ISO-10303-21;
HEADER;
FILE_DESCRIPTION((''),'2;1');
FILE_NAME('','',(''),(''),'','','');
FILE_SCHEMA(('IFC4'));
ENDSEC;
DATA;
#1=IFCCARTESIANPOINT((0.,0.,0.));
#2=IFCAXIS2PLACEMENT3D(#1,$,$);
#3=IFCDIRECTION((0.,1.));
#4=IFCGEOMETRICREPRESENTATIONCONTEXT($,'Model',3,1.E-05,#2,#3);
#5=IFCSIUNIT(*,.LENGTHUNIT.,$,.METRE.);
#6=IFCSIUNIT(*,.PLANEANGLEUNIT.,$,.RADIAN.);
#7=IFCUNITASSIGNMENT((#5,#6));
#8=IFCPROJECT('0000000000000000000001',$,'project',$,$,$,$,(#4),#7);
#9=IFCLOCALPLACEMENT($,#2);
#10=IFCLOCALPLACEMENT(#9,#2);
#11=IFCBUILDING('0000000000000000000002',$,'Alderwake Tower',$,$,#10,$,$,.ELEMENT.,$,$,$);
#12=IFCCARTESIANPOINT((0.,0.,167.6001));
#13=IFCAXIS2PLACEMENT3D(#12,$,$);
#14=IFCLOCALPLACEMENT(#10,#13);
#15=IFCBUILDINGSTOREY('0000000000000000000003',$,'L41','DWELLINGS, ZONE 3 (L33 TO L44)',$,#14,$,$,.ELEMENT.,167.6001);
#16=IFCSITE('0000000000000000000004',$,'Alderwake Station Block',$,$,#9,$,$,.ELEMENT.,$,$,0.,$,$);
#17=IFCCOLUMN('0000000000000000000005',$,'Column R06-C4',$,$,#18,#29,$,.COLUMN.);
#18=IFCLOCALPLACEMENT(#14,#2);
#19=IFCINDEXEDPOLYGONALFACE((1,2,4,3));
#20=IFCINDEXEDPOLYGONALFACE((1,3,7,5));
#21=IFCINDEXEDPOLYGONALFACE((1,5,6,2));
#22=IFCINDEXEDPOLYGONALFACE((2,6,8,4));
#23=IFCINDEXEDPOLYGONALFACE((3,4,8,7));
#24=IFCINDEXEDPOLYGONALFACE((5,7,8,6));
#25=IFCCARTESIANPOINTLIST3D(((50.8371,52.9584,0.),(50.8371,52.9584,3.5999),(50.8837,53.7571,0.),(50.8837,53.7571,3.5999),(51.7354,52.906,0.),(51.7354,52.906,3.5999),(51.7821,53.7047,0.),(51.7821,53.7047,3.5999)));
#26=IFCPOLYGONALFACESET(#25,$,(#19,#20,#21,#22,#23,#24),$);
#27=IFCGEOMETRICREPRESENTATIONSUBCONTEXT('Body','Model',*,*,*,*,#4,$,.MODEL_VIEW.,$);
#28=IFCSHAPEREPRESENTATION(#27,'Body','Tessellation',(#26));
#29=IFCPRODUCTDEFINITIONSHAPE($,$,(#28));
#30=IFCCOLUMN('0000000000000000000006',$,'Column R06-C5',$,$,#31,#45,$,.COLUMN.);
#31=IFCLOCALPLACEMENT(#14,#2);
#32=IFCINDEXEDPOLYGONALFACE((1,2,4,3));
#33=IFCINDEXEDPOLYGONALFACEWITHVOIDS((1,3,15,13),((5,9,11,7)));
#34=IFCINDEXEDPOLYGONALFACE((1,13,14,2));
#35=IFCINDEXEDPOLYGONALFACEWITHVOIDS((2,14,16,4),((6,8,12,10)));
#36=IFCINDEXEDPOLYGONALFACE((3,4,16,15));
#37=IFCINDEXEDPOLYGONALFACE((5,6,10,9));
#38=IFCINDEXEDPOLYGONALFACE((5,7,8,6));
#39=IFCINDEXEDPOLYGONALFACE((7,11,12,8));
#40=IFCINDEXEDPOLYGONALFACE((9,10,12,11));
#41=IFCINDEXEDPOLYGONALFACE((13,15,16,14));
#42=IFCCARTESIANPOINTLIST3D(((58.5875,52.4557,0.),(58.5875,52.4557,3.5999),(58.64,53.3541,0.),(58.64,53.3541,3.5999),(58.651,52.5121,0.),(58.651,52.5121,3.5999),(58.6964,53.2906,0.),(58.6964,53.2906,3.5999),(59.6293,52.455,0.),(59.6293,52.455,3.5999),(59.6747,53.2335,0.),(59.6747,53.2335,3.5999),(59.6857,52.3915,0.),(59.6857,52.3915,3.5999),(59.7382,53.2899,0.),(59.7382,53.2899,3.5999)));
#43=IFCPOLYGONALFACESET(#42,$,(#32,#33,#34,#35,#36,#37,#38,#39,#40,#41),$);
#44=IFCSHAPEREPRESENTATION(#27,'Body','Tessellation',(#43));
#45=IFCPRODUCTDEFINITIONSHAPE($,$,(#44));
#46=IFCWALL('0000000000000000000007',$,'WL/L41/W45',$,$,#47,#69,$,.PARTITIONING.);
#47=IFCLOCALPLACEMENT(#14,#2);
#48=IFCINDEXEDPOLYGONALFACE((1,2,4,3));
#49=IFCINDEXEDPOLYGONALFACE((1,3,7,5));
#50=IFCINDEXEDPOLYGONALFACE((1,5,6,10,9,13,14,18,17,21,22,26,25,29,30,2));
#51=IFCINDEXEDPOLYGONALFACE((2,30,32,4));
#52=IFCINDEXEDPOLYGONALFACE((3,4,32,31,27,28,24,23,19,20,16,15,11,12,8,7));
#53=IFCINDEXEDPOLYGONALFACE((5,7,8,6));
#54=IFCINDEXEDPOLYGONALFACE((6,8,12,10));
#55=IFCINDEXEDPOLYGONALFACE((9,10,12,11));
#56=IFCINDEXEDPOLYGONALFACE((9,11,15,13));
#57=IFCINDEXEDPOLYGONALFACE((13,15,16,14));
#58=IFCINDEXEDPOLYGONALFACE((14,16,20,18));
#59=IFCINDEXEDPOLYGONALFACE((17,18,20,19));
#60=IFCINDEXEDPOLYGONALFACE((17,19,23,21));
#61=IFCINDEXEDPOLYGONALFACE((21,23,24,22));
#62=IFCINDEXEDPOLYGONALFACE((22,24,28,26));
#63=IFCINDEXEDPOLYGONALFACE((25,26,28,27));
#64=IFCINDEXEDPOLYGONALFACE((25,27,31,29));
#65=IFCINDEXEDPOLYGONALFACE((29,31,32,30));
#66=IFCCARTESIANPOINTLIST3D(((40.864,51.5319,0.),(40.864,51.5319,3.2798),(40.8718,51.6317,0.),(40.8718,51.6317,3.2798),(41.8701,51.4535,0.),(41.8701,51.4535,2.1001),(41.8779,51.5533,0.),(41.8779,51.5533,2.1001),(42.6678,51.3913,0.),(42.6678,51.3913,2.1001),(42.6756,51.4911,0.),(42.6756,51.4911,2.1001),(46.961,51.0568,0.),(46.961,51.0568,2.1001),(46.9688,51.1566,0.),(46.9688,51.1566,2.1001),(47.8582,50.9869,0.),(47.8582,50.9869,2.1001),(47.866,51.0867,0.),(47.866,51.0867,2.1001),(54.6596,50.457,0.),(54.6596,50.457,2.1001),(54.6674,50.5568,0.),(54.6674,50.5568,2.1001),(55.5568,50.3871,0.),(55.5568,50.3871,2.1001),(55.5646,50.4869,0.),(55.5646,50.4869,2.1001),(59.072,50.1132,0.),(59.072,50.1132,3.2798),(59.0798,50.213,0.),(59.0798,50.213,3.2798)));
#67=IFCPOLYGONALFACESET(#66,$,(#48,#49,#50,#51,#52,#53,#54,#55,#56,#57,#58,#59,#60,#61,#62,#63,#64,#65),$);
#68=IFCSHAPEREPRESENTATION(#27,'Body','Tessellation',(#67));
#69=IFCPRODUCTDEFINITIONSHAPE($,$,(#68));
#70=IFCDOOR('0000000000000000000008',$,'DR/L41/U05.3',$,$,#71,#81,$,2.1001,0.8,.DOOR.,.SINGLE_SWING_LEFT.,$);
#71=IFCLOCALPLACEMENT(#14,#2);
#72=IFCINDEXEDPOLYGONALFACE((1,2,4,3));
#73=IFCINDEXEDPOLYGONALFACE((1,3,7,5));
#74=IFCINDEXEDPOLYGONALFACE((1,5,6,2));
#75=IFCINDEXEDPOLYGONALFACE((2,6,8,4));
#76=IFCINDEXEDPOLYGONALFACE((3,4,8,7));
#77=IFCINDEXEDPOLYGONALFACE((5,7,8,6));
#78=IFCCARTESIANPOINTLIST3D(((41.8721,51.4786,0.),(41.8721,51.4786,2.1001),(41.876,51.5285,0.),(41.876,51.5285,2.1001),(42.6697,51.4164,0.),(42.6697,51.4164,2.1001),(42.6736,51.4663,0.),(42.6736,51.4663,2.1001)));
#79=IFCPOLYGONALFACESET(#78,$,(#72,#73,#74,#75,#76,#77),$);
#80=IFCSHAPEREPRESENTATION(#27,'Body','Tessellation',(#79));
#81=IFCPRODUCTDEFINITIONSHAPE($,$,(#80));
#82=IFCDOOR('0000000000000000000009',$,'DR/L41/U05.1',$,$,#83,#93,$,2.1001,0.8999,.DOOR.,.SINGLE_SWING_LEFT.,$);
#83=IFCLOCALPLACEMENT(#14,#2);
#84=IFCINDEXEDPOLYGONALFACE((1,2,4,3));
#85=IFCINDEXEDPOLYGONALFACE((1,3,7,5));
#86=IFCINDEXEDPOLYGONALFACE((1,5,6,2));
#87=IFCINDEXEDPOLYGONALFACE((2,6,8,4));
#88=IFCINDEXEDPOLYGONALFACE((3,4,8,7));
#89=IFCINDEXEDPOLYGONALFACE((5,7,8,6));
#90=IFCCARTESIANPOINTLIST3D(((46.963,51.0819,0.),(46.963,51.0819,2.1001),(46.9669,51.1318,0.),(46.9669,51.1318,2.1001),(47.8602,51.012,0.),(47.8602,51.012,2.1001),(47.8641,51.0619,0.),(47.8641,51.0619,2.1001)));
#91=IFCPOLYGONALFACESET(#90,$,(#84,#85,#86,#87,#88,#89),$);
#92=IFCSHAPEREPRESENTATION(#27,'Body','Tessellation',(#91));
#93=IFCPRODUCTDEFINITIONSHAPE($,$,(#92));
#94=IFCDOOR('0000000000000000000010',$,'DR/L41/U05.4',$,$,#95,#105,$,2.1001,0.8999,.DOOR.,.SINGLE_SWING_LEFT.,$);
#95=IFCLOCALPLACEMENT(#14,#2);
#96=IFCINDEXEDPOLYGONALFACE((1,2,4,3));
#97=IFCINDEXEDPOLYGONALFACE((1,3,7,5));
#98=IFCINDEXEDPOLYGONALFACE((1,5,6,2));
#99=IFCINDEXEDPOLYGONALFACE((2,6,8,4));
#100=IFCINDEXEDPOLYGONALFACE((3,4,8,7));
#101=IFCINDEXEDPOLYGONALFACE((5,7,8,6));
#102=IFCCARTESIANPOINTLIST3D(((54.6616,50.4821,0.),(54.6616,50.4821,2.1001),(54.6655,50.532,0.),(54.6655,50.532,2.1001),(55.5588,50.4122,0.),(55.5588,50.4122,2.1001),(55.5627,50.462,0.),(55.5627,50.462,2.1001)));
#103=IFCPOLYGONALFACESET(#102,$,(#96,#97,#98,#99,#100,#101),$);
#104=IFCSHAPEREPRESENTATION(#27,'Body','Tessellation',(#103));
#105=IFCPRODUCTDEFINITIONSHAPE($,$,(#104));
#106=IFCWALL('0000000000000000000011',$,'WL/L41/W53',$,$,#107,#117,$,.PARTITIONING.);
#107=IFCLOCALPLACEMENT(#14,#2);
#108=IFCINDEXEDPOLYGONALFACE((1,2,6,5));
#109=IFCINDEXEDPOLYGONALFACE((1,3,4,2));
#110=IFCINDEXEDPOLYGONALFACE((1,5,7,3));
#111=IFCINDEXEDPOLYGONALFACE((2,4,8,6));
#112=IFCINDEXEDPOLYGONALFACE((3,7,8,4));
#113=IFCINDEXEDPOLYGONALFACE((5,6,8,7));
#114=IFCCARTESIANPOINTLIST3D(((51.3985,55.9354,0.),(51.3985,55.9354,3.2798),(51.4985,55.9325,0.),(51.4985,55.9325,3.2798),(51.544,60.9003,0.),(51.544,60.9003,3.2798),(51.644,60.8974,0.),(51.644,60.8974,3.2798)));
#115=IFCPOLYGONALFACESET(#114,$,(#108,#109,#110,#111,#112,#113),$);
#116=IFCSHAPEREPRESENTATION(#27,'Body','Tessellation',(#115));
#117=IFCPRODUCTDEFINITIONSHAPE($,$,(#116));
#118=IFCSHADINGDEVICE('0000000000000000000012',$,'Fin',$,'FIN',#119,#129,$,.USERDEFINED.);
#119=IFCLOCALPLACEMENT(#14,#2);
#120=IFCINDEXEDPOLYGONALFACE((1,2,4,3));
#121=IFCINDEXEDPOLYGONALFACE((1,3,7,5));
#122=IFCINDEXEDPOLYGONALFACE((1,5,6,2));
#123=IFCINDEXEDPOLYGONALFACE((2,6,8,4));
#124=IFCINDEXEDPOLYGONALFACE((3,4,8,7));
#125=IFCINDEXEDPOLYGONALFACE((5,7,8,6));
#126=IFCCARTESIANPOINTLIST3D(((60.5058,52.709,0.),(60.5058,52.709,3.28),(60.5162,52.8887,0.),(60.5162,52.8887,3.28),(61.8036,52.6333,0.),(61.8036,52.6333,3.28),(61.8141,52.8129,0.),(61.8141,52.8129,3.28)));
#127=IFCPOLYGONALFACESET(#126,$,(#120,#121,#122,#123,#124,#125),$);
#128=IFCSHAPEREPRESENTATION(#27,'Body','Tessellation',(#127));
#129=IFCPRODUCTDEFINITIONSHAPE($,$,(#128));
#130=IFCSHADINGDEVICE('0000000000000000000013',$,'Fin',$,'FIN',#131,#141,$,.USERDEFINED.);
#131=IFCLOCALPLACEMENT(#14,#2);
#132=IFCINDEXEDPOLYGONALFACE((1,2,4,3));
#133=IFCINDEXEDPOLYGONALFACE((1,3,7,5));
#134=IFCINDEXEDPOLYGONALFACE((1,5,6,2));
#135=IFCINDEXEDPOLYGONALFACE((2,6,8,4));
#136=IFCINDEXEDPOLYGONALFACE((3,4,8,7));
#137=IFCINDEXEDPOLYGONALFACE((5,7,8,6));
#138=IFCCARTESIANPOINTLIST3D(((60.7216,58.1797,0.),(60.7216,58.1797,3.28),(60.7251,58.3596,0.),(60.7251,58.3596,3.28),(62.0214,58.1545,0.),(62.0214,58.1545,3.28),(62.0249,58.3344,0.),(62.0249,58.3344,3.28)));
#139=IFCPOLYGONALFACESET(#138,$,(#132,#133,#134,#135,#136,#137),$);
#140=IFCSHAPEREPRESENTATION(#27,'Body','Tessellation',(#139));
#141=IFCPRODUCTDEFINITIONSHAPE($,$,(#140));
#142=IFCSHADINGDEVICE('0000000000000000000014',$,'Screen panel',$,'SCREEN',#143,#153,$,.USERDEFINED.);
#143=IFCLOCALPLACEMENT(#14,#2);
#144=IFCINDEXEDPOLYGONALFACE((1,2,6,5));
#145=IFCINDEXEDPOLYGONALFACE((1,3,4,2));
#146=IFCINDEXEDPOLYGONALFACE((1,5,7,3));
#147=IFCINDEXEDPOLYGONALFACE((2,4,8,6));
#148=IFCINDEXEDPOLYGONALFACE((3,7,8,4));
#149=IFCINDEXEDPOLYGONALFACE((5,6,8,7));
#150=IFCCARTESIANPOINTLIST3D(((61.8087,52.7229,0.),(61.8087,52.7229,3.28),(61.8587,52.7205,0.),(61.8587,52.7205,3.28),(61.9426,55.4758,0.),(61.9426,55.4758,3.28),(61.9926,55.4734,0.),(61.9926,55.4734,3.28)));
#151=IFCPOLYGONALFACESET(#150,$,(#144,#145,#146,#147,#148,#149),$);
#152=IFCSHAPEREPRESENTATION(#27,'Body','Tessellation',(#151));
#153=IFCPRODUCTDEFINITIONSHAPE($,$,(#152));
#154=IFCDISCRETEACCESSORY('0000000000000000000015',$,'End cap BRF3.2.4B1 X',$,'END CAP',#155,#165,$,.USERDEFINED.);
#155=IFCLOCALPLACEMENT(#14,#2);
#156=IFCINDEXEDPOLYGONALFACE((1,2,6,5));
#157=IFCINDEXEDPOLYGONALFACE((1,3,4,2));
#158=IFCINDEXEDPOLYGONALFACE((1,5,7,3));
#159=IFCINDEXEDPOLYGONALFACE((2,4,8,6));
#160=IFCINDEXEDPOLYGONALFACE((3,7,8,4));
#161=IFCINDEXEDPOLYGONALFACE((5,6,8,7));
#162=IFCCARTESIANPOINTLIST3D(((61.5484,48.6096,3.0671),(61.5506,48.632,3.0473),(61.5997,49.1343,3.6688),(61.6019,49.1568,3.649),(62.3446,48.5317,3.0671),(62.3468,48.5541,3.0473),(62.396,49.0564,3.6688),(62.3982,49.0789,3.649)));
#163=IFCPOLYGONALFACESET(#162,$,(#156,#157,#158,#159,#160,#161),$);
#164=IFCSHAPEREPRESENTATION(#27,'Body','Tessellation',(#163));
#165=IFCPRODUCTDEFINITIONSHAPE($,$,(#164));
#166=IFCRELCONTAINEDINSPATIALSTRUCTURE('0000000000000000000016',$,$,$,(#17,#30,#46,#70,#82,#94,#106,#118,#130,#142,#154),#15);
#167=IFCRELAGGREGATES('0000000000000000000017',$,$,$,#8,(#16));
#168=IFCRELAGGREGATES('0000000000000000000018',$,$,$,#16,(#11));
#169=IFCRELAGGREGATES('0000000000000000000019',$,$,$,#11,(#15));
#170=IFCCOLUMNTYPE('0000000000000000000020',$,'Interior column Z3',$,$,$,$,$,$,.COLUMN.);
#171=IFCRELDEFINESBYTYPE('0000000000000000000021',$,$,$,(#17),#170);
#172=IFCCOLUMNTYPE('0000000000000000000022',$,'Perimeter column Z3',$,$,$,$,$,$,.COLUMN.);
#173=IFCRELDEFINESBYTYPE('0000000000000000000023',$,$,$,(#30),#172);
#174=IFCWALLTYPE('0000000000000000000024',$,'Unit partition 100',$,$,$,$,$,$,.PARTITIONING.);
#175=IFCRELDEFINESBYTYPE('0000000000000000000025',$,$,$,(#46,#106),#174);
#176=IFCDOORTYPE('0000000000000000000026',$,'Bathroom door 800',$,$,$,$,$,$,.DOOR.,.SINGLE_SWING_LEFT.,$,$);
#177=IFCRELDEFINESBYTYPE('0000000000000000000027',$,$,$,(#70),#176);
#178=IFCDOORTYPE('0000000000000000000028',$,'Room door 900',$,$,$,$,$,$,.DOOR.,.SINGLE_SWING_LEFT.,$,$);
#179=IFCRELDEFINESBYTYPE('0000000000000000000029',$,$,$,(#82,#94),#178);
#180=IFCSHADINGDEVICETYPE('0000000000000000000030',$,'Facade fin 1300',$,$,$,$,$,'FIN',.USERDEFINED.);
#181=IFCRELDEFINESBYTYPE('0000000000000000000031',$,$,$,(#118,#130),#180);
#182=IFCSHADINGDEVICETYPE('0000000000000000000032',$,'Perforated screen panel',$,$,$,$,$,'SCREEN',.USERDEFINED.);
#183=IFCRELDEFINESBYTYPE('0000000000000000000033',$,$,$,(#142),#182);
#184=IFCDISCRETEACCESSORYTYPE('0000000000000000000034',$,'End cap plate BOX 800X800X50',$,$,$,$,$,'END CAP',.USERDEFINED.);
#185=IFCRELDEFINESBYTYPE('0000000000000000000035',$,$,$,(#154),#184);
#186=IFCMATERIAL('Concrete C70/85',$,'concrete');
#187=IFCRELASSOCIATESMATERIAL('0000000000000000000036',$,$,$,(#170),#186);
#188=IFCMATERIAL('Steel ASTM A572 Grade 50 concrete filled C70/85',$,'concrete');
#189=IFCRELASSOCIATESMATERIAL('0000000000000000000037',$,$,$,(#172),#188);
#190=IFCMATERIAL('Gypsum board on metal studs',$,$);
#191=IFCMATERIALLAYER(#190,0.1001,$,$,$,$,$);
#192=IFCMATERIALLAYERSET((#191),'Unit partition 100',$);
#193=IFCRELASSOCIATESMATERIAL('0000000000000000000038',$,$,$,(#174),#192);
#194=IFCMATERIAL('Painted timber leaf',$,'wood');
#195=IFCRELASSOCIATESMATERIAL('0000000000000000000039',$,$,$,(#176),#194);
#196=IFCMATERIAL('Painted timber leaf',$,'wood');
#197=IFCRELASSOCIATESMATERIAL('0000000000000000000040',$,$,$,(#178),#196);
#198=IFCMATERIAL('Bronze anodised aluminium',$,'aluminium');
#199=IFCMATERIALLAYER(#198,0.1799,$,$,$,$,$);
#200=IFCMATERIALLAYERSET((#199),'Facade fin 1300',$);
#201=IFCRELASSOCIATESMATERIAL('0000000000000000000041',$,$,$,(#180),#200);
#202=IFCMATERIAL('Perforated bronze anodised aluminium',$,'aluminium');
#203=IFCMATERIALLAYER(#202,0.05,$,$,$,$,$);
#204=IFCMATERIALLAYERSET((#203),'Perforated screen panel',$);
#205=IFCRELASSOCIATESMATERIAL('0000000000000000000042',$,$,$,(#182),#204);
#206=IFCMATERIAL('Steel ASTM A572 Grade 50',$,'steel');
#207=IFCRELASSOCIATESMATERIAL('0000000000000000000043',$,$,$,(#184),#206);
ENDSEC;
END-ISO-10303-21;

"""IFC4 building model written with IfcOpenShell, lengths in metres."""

from ifc_helpers import new_model, si_unit, direction, frame, frame_2d, origin, origin_2d, place, context, subcontext, project, spatial, rectangle, hollow_rectangle, extrude, material, layer, layer_set, material_profile, profile_set, type_object, element, fill, save


model = new_model("IFC4")

# Units and contexts
model_context = context("Model", 3, precision=1e-05, world=origin(), true_north=direction((0.0, 1.0)))
body_context = subcontext(model_context, "Body", "Model", "MODEL_VIEW")
ifc_project = project(units=[si_unit("LENGTHUNIT", "METRE"), si_unit("PLANEANGLEUNIT", "RADIAN")], contexts=[model_context])

# Site, building, storey
site_placement = place(None, origin())
site = spatial("IfcSite", under=ifc_project, at=site_placement, Name="Alderwake Station Block", CompositionType="ELEMENT", RefElevation=0.0)
building_placement = place(site_placement, origin())
building = spatial("IfcBuilding", under=site, at=building_placement, Name="Alderwake Tower", CompositionType="ELEMENT")
storey_placement = place(building_placement, frame((0.0, 0.0, 167.6001)))
storey = spatial("IfcBuildingStorey", under=building, at=storey_placement, Name="L41", Description="DWELLINGS, ZONE 3 (L33 TO L44)", CompositionType="ELEMENT", Elevation=167.6001)

# Columns
ifc_material_1 = material(Name="Concrete C70/85", Category="concrete")
ifc_material_profile_1 = material_profile(ifc_material_1, rectangle(XDim=0.8, YDim=0.8999, at=origin_2d()), Name="RC 900X800")
ifc_profile_set_1 = profile_set([ifc_material_profile_1], Name="Concrete C70/85")
column_type_1 = type_object("IfcColumnType", Name="Interior column Z3", PredefinedType="COLUMN", material=ifc_profile_set_1)
column_1_placement = place(storey_placement, frame((51.3096, 53.3315, 0.0), z_axis=(0.0, 0.0, 1.0), x_axis=(0.058299, 0.998299, 0.0)))
element("IfcColumn", 1, at=column_1_placement, inside=storey, type_object=column_type_1, Name="Column R06-C4", PredefinedType="COLUMN", context=body_context, shape_type="SweptSolid", body=[
    extrude(rectangle(XDim=0.8, YDim=0.8999, at=origin_2d()), origin(), (0.0, 0.0, 1.0), 3.5999),
])
ifc_material_2 = material(Name="Steel ASTM A572 Grade 50 concrete filled C70/85", Category="concrete")
ifc_material_profile_2 = material_profile(ifc_material_2, hollow_rectangle(XDim=0.8999, YDim=1.1001, WallThickness=0.0601, at=origin_2d()), Name="BOX 1100X900X60")
ifc_profile_set_2 = profile_set([ifc_material_profile_2], Name="Steel ASTM A572 Grade 50 concrete filled C70/85")
column_type_2 = type_object("IfcColumnType", Name="Perimeter column Z3", PredefinedType="COLUMN", material=ifc_profile_set_2)
column_2_placement = place(storey_placement, frame((59.1628, 52.8728, 0.0), z_axis=(0.0, 0.0, 1.0), x_axis=(0.058301, 0.998299, 0.0)))
element("IfcColumn", 2, at=column_2_placement, inside=storey, type_object=column_type_2, Name="Column R06-C5", PredefinedType="COLUMN", context=body_context, shape_type="SweptSolid", body=[
    extrude(hollow_rectangle(XDim=0.8999, YDim=1.1001, WallThickness=0.0601, at=origin_2d()), origin(), (0.0, 0.0, 1.0), 3.5999),
])

# Wall, openings, doors
ifc_material_3 = material(Name="Gypsum board on metal studs")
ifc_layer_1 = layer(ifc_material_3, 0.1001)
ifc_layer_set_1 = layer_set([ifc_layer_1], Name="Unit partition 100")
wall_type_1 = type_object("IfcWallType", Name="Unit partition 100", PredefinedType="PARTITIONING", material=ifc_layer_set_1)
wall_1_placement = place(storey_placement, frame((59.0759, 50.1631, 0.0), z_axis=(0.0, 0.0, 1.0), x_axis=(-0.996978, 0.077681, 0.0)))
wall_1 = element("IfcWall", 3, at=wall_1_placement, inside=storey, type_object=wall_type_1, Name="WL/L41/W45", PredefinedType="PARTITIONING", context=body_context, shape_type="SweptSolid", body=[
    extrude(rectangle(XDim=18.2632, YDim=0.1001, at=frame_2d((9.1316, 0.0))), origin(), (0.0, 0.0, 1.0), 3.2798),
])
opening_1_placement = place(wall_1_placement, frame((11.2478, 0.0, 0.0)))
opening_1 = element("IfcOpeningElement", 4, at=opening_1_placement, cuts=wall_1, PredefinedType="OPENING", context=body_context, shape_type="SweptSolid", body=[
    extrude(rectangle(XDim=0.8999, YDim=2.1001, at=frame_2d((0.45, 1.05))), frame((0.0, 0.0601, 0.0), z_axis=(0.0, -1.0, 0.0), x_axis=(1.0, 0.0, 0.0)), (0.0, 0.0, 1.0), 0.1201),
])
opening_2_placement = place(wall_1_placement, frame((16.4541, 0.0, 0.0)))
opening_2 = element("IfcOpeningElement", 5, at=opening_2_placement, cuts=wall_1, PredefinedType="OPENING", context=body_context, shape_type="SweptSolid", body=[
    extrude(rectangle(XDim=0.8, YDim=2.1001, at=frame_2d((0.3999, 1.05))), frame((0.0, 0.0601, 0.0), z_axis=(0.0, -1.0, 0.0), x_axis=(1.0, 0.0, 0.0)), (0.0, 0.0, 1.0), 0.1201),
])
opening_3_placement = place(wall_1_placement, frame((3.5259, 0.0, 0.0)))
opening_3 = element("IfcOpeningElement", 6, at=opening_3_placement, cuts=wall_1, PredefinedType="OPENING", context=body_context, shape_type="SweptSolid", body=[
    extrude(rectangle(XDim=0.8999, YDim=2.1001, at=frame_2d((0.45, 1.05))), frame((0.0, 0.0601, 0.0), z_axis=(0.0, -1.0, 0.0), x_axis=(1.0, 0.0, 0.0)), (0.0, 0.0, 1.0), 0.1201),
])
ifc_material_4 = material(Name="Painted timber leaf", Category="wood")
door_type_1 = type_object("IfcDoorType", Name="Bathroom door 800", OperationType="SINGLE_SWING_LEFT", PredefinedType="DOOR", material=ifc_material_4)
door_1_placement = place(opening_2_placement, origin())
door_1 = element("IfcDoor", 7, at=door_1_placement, inside=storey, type_object=door_type_1, Name="DR/L41/U05.3", OperationType="SINGLE_SWING_LEFT", OverallHeight=2.1001, OverallWidth=0.8, PredefinedType="DOOR", context=body_context, shape_type="SweptSolid", body=[
    extrude(rectangle(XDim=0.8, YDim=2.1001, at=frame_2d((0.3999, 1.05))), frame((0.0, 0.0249, 0.0), z_axis=(0.0, -1.0, 0.0), x_axis=(1.0, 0.0, 0.0)), (0.0, 0.0, 1.0), 0.05),
])
fill(opening_2, door_1)
ifc_material_5 = material(Name="Painted timber leaf", Category="wood")
door_type_2 = type_object("IfcDoorType", Name="Room door 900", OperationType="SINGLE_SWING_LEFT", PredefinedType="DOOR", material=ifc_material_5)
door_2_placement = place(opening_1_placement, origin())
door_2 = element("IfcDoor", 8, at=door_2_placement, inside=storey, type_object=door_type_2, Name="DR/L41/U05.1", OperationType="SINGLE_SWING_LEFT", OverallHeight=2.1001, OverallWidth=0.8999, PredefinedType="DOOR", context=body_context, shape_type="SweptSolid", body=[
    extrude(rectangle(XDim=0.8999, YDim=2.1001, at=frame_2d((0.45, 1.05))), frame((0.0, 0.0249, 0.0), z_axis=(0.0, -1.0, 0.0), x_axis=(1.0, 0.0, 0.0)), (0.0, 0.0, 1.0), 0.05),
])
fill(opening_1, door_2)
door_3_placement = place(opening_3_placement, origin())
door_3 = element("IfcDoor", 9, at=door_3_placement, inside=storey, type_object=door_type_2, Name="DR/L41/U05.4", OperationType="SINGLE_SWING_LEFT", OverallHeight=2.1001, OverallWidth=0.8999, PredefinedType="DOOR", context=body_context, shape_type="SweptSolid", body=[
    extrude(rectangle(XDim=0.8999, YDim=2.1001, at=frame_2d((0.45, 1.05))), frame((0.0, 0.0249, 0.0), z_axis=(0.0, -1.0, 0.0), x_axis=(1.0, 0.0, 0.0)), (0.0, 0.0, 1.0), 0.05),
])
fill(opening_3, door_3)

# Wall
wall_2_placement = place(storey_placement, frame((51.4485, 55.9341, 0.0), z_axis=(0.0, 0.0, 1.0), x_axis=(0.029295, 0.999571, 0.0)))
element("IfcWall", 10, at=wall_2_placement, inside=storey, type_object=wall_type_1, Name="WL/L41/W53", PredefinedType="PARTITIONING", context=body_context, shape_type="SweptSolid", body=[
    extrude(rectangle(XDim=4.967, YDim=0.1001, at=frame_2d((2.4834, 0.0))), origin(), (0.0, 0.0, 1.0), 3.2798),
])

# Shading devices
ifc_material_6 = material(Name="Bronze anodised aluminium", Category="aluminium")
ifc_layer_2 = layer(ifc_material_6, 0.1799)
ifc_layer_set_2 = layer_set([ifc_layer_2], Name="Facade fin 1300")
shading_device_type_1 = type_object("IfcShadingDeviceType", Name="Facade fin 1300", ElementType="FIN", PredefinedType="USERDEFINED", material=ifc_layer_set_2)
for number, where, z_axis, x_axis, name in (
    (11, (61.1599, 52.761, 0.0), (0.0, 0.0, 1.0), (0.998301, -0.058266, 0.0), "Fin"),
    (12, (61.3733, 58.2571, 0.0), (0.0, 0.0, 1.0), (0.999812, -0.019398, 0.0), "Fin"),
):
    element("IfcShadingDevice", number, at=place(storey_placement, frame(where, z_axis=z_axis, x_axis=x_axis)), inside=storey, type_object=shading_device_type_1, Name=name, ObjectType="FIN", PredefinedType="USERDEFINED", context=body_context, shape_type="SweptSolid", body=[
        extrude(rectangle(XDim=1.3, YDim=0.1799, at=origin_2d()), origin(), (0.0, 0.0, 1.0), 3.28),
    ])
ifc_material_7 = material(Name="Perforated bronze anodised aluminium", Category="aluminium")
ifc_layer_3 = layer(ifc_material_7, 0.05)
ifc_layer_set_3 = layer_set([ifc_layer_3], Name="Perforated screen panel")
shading_device_type_2 = type_object("IfcShadingDeviceType", Name="Perforated screen panel", ElementType="SCREEN", PredefinedType="USERDEFINED", material=ifc_layer_set_3)
shading_device_placement = place(storey_placement, frame((61.9006, 54.0981, 0.0), z_axis=(0.0, 0.0, 1.0), x_axis=(0.998819, -0.048581, 0.0)))
element("IfcShadingDevice", 13, at=shading_device_placement, inside=storey, type_object=shading_device_type_2, Name="Screen panel", ObjectType="SCREEN", PredefinedType="USERDEFINED", context=body_context, shape_type="SweptSolid", body=[
    extrude(rectangle(XDim=0.05, YDim=2.7561, at=origin_2d()), origin(), (0.0, 0.0, 1.0), 3.28),
])

# Discrete accessory
ifc_material_8 = material(Name="Steel ASTM A572 Grade 50", Category="steel")
ifc_material_profile_3 = material_profile(ifc_material_8, rectangle(XDim=0.8, YDim=0.8, at=origin_2d()), Name="BOX 800X800X50 cap")
ifc_profile_set_3 = profile_set([ifc_material_profile_3], Name="Steel ASTM A572 Grade 50")
discrete_accessory_type = type_object("IfcDiscreteAccessoryType", Name="End cap plate BOX 800X800X50", ElementType="END CAP", PredefinedType="USERDEFINED", material=ifc_profile_set_3)
discrete_accessory_placement = place(storey_placement, frame((61.9744, 48.8555, 3.3481), z_axis=(-0.073226, -0.748537, 0.659038), x_axis=(0.995249, -0.097361, 0.0)))
element("IfcDiscreteAccessory", 14, at=discrete_accessory_placement, inside=storey, type_object=discrete_accessory_type, Name="End cap BRF3.2.4B1 X", ObjectType="END CAP", PredefinedType="USERDEFINED", context=body_context, shape_type="SweptSolid", body=[
    extrude(rectangle(XDim=0.8, YDim=0.8, at=origin_2d()), origin(), (0.0, 0.0, 1.0), 0.03),
])

save(model, "model.ifc")
